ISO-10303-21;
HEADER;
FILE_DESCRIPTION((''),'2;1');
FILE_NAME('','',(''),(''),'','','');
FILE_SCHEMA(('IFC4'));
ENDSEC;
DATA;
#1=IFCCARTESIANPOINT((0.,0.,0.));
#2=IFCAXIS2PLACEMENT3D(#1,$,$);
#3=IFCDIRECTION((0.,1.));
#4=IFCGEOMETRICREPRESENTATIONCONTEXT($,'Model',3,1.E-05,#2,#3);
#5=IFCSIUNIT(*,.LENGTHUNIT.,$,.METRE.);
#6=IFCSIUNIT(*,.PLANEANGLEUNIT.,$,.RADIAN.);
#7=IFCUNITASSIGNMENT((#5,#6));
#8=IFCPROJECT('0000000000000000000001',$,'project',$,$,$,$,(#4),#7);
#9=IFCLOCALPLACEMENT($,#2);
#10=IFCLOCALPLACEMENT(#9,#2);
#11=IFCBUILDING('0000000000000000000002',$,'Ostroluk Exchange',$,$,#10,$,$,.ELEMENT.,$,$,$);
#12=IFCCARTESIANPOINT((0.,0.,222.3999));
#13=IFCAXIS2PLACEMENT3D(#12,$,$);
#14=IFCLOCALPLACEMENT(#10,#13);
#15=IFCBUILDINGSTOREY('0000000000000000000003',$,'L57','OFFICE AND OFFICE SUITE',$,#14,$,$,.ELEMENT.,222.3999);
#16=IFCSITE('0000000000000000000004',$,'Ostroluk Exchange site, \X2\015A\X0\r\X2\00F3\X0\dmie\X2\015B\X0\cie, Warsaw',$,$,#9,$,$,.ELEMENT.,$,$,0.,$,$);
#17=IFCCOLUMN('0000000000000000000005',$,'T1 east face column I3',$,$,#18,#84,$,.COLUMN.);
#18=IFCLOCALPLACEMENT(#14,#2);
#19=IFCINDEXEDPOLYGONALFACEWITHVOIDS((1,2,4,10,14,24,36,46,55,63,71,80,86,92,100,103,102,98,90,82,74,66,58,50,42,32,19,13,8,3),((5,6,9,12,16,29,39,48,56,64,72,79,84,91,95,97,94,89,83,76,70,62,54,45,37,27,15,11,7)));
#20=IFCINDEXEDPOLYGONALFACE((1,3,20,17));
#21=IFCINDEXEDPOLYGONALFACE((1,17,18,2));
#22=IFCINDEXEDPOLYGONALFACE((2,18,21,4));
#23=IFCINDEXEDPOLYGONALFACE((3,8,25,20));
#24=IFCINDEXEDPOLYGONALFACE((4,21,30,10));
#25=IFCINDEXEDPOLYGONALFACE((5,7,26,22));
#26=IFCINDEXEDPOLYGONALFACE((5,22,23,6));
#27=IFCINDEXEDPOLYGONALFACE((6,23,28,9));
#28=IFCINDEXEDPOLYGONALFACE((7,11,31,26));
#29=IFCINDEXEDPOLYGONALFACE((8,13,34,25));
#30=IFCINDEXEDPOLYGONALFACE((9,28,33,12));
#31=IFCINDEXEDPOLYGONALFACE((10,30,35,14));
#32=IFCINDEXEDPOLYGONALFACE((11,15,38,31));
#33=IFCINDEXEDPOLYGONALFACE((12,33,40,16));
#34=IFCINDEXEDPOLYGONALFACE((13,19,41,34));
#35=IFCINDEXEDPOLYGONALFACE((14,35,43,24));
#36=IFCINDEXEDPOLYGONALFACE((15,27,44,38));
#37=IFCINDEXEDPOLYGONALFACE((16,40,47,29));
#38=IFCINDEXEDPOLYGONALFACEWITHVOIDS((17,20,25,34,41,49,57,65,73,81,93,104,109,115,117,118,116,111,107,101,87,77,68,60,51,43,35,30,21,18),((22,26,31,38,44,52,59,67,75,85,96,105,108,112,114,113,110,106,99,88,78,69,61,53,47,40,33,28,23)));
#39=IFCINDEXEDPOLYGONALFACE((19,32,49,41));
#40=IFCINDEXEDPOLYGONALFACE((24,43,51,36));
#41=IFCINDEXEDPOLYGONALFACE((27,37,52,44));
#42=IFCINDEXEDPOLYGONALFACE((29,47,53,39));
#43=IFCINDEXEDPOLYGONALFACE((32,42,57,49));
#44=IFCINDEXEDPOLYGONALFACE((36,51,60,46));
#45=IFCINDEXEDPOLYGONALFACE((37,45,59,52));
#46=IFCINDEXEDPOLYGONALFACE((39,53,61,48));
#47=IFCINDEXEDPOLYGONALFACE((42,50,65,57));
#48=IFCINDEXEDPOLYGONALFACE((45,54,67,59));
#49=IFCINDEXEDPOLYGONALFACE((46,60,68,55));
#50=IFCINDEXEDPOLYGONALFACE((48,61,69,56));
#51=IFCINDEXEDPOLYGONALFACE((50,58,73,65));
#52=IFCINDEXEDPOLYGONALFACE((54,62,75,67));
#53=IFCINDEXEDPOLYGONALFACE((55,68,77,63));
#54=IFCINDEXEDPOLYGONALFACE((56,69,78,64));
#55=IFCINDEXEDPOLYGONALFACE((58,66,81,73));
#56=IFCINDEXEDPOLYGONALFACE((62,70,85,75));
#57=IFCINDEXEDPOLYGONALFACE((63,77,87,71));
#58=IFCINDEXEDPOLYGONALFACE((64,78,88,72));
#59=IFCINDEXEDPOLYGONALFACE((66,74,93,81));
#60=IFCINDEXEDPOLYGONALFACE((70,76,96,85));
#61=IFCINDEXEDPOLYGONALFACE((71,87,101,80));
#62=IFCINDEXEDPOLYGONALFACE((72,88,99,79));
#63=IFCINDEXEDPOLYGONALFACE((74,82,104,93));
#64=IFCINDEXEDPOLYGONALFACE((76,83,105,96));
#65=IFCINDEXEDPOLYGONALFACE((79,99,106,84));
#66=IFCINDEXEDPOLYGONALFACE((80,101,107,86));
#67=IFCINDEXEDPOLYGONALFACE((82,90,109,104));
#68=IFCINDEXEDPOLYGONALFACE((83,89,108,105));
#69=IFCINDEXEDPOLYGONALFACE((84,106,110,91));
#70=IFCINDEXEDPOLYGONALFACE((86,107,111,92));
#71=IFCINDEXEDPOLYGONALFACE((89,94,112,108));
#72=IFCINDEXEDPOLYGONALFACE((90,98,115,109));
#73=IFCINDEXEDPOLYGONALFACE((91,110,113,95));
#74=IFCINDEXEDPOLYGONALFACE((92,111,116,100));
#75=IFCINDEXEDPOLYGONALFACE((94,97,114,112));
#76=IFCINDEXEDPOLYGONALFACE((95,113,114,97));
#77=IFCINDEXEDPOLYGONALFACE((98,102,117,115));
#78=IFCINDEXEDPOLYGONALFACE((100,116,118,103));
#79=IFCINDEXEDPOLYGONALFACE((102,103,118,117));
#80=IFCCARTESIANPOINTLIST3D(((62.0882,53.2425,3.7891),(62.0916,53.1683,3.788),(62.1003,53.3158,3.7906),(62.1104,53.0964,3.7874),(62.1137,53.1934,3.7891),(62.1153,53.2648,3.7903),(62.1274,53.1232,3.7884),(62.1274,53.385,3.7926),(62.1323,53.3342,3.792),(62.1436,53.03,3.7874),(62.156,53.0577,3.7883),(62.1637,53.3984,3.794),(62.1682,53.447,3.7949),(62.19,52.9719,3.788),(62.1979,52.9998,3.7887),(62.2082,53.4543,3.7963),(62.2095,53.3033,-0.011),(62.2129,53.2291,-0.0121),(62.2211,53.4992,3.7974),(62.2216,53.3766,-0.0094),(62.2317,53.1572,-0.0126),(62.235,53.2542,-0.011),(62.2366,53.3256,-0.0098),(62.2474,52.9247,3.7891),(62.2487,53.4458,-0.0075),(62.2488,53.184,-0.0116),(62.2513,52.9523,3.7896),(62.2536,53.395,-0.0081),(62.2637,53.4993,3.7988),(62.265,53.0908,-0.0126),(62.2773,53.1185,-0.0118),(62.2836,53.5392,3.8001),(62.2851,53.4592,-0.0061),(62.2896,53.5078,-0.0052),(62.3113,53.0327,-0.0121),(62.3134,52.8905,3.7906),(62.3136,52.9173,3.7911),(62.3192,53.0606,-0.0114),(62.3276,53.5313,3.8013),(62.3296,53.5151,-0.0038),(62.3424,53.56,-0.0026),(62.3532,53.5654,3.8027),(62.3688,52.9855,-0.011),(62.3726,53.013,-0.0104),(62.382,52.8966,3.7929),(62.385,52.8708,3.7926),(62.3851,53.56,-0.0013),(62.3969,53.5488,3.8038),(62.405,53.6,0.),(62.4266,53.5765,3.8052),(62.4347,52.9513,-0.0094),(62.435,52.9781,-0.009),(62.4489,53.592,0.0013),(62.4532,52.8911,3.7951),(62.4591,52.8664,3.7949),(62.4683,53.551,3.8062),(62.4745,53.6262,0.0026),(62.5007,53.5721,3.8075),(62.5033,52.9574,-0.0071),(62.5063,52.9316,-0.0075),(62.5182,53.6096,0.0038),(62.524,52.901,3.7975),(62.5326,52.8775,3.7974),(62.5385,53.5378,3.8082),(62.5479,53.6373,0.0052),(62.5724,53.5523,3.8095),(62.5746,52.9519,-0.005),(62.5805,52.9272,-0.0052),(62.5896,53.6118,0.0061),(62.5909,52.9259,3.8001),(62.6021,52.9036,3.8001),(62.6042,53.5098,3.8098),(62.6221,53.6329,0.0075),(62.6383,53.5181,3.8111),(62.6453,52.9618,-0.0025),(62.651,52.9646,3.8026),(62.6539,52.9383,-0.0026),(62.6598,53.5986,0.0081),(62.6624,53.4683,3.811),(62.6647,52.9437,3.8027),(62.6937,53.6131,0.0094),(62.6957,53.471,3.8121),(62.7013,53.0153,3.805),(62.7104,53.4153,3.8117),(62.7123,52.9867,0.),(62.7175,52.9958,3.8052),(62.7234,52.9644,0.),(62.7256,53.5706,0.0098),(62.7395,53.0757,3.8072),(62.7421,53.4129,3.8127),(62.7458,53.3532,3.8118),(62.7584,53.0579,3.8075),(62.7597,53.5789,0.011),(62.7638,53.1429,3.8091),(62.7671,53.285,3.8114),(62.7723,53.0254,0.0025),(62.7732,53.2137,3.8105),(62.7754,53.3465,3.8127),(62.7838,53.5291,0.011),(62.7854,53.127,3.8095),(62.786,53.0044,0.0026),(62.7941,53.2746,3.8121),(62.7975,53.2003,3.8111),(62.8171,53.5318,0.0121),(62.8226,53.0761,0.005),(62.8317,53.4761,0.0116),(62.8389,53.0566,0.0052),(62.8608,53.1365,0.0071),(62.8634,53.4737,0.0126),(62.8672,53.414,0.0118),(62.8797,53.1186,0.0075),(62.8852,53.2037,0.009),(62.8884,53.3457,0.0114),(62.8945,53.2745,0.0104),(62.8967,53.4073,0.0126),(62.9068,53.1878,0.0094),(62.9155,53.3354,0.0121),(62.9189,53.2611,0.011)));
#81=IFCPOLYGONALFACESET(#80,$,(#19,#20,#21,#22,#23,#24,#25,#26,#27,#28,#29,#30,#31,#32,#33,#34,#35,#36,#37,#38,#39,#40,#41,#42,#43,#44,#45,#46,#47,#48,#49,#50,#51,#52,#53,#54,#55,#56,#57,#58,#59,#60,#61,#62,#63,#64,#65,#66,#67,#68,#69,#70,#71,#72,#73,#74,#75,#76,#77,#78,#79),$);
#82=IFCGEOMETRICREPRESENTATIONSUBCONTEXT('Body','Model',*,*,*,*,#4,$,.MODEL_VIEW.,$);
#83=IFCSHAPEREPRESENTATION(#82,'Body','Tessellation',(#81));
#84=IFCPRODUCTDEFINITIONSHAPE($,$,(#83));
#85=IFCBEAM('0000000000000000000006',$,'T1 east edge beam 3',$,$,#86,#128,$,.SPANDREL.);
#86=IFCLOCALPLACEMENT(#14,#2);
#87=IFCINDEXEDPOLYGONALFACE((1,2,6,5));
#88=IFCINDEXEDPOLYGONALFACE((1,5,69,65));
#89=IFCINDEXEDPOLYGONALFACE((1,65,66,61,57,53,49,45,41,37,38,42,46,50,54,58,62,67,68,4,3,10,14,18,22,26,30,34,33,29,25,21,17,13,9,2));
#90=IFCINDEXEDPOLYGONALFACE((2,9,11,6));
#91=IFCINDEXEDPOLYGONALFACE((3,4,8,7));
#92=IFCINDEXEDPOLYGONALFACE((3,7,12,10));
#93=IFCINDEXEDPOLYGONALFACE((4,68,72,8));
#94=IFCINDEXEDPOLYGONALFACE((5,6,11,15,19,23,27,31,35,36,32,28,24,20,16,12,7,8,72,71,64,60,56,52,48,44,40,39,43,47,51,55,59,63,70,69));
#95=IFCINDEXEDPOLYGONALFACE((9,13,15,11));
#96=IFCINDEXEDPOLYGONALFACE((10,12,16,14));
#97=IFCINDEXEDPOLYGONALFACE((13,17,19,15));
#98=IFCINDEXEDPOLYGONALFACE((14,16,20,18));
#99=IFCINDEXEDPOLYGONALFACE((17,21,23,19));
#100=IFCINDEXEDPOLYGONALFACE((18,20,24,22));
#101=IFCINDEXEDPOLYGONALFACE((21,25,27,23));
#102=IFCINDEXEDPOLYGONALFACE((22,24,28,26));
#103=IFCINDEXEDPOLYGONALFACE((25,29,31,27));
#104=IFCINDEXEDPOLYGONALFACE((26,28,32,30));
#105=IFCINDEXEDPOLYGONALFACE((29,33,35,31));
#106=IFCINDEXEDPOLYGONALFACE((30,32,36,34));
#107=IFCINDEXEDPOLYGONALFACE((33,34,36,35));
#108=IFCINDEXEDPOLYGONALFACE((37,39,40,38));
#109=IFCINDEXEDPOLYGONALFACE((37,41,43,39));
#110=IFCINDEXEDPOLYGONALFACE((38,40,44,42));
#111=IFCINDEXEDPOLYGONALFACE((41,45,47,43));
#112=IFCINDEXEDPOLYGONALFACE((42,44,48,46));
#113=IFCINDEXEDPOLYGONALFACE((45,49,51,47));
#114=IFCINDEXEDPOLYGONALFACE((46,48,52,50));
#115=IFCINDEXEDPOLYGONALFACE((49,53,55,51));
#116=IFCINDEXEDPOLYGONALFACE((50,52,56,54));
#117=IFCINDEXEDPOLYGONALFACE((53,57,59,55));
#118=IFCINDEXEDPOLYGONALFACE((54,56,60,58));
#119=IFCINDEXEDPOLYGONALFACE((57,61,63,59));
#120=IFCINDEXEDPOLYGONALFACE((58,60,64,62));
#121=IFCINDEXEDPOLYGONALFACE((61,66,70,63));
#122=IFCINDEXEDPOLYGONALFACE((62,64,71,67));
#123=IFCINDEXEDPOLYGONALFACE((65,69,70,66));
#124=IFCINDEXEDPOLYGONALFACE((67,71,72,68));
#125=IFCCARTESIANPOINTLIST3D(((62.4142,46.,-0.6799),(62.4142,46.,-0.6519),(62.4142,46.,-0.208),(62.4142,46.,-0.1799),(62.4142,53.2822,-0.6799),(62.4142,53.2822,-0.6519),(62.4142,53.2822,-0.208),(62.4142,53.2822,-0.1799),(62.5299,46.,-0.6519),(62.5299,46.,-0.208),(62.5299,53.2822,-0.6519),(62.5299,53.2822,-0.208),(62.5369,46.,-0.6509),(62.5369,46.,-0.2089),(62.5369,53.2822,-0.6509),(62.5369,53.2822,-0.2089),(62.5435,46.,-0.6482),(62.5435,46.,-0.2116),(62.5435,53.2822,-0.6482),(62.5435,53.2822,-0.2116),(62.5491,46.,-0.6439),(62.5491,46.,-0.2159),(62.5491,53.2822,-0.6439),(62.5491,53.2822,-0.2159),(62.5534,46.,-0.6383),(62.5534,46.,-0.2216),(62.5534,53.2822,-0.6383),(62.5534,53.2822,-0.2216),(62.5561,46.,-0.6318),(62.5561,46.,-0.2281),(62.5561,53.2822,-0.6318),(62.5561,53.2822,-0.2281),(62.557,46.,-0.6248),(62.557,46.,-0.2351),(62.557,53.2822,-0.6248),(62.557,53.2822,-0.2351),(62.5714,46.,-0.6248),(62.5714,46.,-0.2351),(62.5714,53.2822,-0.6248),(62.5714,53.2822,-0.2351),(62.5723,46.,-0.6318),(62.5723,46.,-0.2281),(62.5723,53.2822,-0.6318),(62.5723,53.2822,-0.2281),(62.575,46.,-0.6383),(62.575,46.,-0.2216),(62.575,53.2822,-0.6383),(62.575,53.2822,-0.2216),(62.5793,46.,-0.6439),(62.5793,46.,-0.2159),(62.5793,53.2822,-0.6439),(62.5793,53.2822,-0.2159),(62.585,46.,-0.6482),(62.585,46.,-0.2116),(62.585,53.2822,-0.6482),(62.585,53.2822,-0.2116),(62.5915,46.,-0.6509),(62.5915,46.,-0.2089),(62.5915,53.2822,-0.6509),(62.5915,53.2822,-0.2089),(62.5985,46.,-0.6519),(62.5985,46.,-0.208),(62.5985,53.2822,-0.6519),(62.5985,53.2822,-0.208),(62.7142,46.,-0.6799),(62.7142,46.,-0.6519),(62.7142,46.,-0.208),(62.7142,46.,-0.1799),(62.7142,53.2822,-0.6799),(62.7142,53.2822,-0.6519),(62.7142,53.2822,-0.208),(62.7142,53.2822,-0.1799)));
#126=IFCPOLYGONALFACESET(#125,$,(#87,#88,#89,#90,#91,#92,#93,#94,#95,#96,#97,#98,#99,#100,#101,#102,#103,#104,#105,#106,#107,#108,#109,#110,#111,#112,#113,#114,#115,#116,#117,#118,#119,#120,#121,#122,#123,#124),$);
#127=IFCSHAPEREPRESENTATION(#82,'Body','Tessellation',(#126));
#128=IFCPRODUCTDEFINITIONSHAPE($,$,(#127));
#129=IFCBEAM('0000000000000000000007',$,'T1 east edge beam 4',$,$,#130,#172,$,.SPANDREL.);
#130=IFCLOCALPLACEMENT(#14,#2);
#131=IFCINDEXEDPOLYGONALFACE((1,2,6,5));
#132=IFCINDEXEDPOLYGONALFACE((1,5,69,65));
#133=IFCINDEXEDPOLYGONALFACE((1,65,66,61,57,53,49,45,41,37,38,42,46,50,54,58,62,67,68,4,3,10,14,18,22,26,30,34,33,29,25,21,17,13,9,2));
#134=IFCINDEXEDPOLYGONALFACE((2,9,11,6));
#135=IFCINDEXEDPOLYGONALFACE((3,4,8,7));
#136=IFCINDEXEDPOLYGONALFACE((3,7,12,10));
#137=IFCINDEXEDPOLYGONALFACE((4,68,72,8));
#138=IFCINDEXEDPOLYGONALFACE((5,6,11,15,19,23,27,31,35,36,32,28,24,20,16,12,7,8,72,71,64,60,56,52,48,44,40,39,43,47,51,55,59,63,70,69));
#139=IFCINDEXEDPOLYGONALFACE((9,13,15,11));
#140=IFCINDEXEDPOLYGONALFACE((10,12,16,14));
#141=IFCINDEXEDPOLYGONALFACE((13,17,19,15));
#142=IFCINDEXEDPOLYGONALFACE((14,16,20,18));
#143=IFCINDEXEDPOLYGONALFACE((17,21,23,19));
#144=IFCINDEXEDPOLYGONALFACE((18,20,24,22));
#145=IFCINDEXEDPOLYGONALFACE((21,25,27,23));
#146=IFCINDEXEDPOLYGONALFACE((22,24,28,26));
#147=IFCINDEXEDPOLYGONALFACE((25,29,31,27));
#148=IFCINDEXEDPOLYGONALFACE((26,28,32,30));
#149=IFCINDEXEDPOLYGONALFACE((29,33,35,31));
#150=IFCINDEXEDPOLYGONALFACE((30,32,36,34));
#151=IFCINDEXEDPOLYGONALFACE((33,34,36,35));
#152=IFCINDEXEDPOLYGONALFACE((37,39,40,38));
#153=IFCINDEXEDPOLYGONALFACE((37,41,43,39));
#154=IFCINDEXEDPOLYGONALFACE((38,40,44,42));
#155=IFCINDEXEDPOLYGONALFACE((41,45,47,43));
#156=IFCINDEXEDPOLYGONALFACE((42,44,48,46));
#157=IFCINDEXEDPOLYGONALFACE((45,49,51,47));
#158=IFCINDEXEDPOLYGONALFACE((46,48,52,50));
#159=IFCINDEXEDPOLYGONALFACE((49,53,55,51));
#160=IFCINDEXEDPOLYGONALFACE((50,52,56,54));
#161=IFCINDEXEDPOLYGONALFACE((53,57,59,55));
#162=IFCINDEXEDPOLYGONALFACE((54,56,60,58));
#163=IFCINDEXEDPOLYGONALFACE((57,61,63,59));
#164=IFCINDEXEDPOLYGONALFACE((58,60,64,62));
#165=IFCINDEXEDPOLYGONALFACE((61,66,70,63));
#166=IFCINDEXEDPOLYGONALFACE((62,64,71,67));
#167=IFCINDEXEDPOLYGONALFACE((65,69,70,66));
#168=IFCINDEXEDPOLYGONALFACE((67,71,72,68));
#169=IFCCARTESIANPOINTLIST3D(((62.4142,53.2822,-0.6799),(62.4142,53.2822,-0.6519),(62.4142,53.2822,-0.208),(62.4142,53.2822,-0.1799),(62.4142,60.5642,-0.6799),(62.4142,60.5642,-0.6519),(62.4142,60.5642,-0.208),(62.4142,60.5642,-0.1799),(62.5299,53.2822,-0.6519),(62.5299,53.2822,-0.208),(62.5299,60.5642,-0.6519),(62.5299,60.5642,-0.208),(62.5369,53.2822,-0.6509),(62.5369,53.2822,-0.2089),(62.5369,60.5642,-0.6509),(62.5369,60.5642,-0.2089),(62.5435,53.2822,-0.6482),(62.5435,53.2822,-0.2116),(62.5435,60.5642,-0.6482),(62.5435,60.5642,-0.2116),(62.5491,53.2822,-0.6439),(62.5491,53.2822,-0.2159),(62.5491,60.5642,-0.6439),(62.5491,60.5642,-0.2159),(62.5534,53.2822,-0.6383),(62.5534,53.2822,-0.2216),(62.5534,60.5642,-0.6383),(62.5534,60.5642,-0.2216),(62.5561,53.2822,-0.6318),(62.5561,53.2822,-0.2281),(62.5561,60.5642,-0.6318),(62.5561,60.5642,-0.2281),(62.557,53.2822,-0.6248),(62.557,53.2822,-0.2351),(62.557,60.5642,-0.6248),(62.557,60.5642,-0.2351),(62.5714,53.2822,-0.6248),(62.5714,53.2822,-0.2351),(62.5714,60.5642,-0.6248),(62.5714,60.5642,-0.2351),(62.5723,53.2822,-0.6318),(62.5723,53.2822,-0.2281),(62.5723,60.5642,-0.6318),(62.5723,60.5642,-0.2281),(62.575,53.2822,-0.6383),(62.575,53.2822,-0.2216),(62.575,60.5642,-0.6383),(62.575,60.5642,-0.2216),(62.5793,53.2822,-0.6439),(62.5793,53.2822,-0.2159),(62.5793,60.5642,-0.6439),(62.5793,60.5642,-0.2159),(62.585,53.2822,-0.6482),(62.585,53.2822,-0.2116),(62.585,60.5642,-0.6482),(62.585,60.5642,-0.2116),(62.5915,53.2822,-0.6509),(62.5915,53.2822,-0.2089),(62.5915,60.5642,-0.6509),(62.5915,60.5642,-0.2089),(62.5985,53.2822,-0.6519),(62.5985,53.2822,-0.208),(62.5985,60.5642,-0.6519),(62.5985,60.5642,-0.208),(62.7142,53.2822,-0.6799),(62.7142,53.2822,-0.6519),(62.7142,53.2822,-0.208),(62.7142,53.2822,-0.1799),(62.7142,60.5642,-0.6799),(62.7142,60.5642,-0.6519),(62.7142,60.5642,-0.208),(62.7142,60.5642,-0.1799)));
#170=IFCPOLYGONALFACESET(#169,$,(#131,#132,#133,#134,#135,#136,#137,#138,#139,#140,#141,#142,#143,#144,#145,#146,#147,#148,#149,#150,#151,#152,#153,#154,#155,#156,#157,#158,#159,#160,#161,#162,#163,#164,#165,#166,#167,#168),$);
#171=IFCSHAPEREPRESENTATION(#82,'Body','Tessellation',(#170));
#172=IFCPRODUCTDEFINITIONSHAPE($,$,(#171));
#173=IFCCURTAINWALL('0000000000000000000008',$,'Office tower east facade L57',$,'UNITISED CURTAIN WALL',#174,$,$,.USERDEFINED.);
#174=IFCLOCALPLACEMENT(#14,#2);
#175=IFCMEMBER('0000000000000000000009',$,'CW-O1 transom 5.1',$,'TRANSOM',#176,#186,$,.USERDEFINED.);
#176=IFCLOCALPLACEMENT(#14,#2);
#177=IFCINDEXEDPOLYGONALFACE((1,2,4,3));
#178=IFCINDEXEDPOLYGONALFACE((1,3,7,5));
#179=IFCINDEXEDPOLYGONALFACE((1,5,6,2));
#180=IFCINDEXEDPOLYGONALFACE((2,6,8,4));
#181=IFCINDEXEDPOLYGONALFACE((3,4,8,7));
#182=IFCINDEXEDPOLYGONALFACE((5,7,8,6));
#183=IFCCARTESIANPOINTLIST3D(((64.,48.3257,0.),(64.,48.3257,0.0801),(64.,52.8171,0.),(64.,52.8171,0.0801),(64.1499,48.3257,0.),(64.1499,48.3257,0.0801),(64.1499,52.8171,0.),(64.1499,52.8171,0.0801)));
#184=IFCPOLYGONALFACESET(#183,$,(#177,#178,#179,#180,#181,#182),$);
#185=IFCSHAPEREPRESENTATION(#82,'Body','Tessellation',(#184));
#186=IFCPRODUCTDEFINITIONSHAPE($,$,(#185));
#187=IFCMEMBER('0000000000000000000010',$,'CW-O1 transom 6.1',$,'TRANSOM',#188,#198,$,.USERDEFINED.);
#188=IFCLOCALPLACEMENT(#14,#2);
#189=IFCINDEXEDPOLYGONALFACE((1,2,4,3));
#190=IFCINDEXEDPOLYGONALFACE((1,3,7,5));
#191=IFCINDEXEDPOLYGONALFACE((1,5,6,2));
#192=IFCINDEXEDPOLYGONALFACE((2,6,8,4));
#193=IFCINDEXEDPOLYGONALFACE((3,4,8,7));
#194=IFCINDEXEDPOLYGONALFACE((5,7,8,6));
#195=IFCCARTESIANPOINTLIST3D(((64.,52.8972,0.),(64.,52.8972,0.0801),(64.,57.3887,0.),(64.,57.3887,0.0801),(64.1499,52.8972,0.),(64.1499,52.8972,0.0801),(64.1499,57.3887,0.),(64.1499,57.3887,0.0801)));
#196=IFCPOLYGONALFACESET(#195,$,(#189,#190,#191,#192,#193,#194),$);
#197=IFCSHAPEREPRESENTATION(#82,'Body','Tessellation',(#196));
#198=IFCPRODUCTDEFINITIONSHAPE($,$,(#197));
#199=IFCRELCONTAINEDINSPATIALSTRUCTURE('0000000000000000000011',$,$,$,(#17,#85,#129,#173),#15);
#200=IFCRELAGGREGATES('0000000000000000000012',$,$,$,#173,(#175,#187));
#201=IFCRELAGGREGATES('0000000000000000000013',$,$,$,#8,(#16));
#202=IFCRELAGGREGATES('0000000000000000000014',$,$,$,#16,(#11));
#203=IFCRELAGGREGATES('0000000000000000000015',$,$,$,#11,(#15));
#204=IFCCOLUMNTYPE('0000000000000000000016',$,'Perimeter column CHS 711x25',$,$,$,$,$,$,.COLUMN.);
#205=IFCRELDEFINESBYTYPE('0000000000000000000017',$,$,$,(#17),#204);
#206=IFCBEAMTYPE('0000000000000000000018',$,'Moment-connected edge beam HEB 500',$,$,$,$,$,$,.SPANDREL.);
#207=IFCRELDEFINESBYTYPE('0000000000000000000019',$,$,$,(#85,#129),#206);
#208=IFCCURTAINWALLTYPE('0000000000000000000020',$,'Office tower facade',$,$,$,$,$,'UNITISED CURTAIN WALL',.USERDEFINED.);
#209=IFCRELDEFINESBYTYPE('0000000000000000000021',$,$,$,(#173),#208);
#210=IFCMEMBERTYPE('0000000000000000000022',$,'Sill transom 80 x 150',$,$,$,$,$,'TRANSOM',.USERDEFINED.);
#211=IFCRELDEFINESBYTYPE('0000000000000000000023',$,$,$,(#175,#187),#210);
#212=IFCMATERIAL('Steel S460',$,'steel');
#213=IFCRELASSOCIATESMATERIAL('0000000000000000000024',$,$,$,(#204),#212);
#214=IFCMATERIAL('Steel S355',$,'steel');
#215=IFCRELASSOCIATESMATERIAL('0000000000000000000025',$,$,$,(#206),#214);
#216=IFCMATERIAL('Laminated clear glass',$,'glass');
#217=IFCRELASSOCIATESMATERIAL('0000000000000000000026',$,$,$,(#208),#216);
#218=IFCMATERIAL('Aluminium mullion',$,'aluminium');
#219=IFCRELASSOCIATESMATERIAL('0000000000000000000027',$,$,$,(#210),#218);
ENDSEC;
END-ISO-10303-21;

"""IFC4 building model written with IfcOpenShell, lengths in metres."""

from ifc_helpers import new_model, si_unit, direction, frame, origin, origin_2d, place, context, subcontext, project, spatial, rectangle, hollow_circle, i_section, extrude, material, material_profile, profile_set, type_object, element, aggregate, save


model = new_model("IFC4")

# Units and contexts
model_context = context("Model", 3, precision=1e-05, world=origin(), true_north=direction((0.0, 1.0)))
body_context = subcontext(model_context, "Body", "Model", "MODEL_VIEW")
ifc_project = project(units=[si_unit("LENGTHUNIT", "METRE"), si_unit("PLANEANGLEUNIT", "RADIAN")], contexts=[model_context])

# Site, building, storey
site_placement = place(None, origin())
site = spatial("IfcSite", under=ifc_project, at=site_placement, Name="Ostroluk Exchange site, Śródmieście, Warsaw", CompositionType="ELEMENT", RefElevation=0.0)
building_placement = place(site_placement, origin())
building = spatial("IfcBuilding", under=site, at=building_placement, Name="Ostroluk Exchange", CompositionType="ELEMENT")
storey_placement = place(building_placement, frame((0.0, 0.0, 222.3999)))
storey = spatial("IfcBuildingStorey", under=building, at=storey_placement, Name="L57", Description="OFFICE AND OFFICE SUITE", CompositionType="ELEMENT", Elevation=222.3999)

# Column
ifc_material_1 = material(Name="Steel S460", Category="steel")
ifc_material_profile_1 = material_profile(ifc_material_1, hollow_circle(Radius=0.3555, WallThickness=0.0249, at=origin_2d()), Name="CHS 711x25")
ifc_profile_set_1 = profile_set([ifc_material_profile_1], Name="Steel S460")
column_type = type_object("IfcColumnType", Name="Perimeter column CHS 711x25", PredefinedType="COLUMN", material=ifc_profile_set_1)
column_placement = place(storey_placement, frame((62.5642, 53.2822, 0.0), z_axis=(-0.03191, -0.015987, 0.999363), x_axis=(0.447933, -0.894067, 0.0)))
element("IfcColumn", 1, at=column_placement, inside=storey, type_object=column_type, Name="T1 east face column I3", PredefinedType="COLUMN", context=body_context, shape_type="SweptSolid", body=[
    extrude(hollow_circle(Radius=0.3555, WallThickness=0.0249, at=origin_2d()), origin(), (0.0, 0.0, 1.0), 3.8025),
])

# Beams
ifc_material_2 = material(Name="Steel S355", Category="steel")
ifc_material_profile_2 = material_profile(ifc_material_2, i_section(OverallWidth=0.3, OverallDepth=0.5, WebThickness=0.0144, FlangeThickness=0.0281, FilletRadius=0.0271, at=origin_2d()), Name="HEB 500")
ifc_profile_set_2 = profile_set([ifc_material_profile_2], Name="Steel S355")
beam_type = type_object("IfcBeamType", Name="Moment-connected edge beam HEB 500", PredefinedType="SPANDREL", material=ifc_profile_set_2)
beam_1_placement = place(storey_placement, frame((62.5642, 46.0, -0.4299), z_axis=(0.0, 1.0, 0.0), x_axis=(-1.0, 0.0, 0.0)))
element("IfcBeam", 2, at=beam_1_placement, inside=storey, type_object=beam_type, Name="T1 east edge beam 3", PredefinedType="SPANDREL", context=body_context, shape_type="SweptSolid", body=[
    extrude(i_section(OverallWidth=0.3, OverallDepth=0.5, WebThickness=0.0144, FlangeThickness=0.0281, FilletRadius=0.0271, at=origin_2d()), origin(), (0.0, 0.0, 1.0), 7.2822),
])
beam_2_placement = place(storey_placement, frame((62.5642, 53.2822, -0.4299), z_axis=(0.0, 1.0, 0.0), x_axis=(-1.0, 0.0, 0.0)))
element("IfcBeam", 3, at=beam_2_placement, inside=storey, type_object=beam_type, Name="T1 east edge beam 4", PredefinedType="SPANDREL", context=body_context, shape_type="SweptSolid", body=[
    extrude(i_section(OverallWidth=0.3, OverallDepth=0.5, WebThickness=0.0144, FlangeThickness=0.0281, FilletRadius=0.0271, at=origin_2d()), origin(), (0.0, 0.0, 1.0), 7.282),
])

# Curtain wall, members
ifc_material_3 = material(Name="Laminated clear glass", Category="glass")
curtain_wall_type = type_object("IfcCurtainWallType", Name="Office tower facade", ElementType="UNITISED CURTAIN WALL", PredefinedType="USERDEFINED", material=ifc_material_3)
curtain_wall_1_placement = place(storey_placement, origin())
curtain_wall_1 = element("IfcCurtainWall", 4, at=curtain_wall_1_placement, inside=storey, type_object=curtain_wall_type, Name="Office tower east facade L57", ObjectType="UNITISED CURTAIN WALL", PredefinedType="USERDEFINED")
ifc_material_4 = material(Name="Aluminium mullion", Category="aluminium")
ifc_material_profile_3 = material_profile(ifc_material_4, rectangle(XDim=0.1499, YDim=0.0801, at=origin_2d()), Name="Sill transom 80 x 150")
ifc_profile_set_3 = profile_set([ifc_material_profile_3], Name="Aluminium mullion")
member_type_1 = type_object("IfcMemberType", Name="Sill transom 80 x 150", ElementType="TRANSOM", PredefinedType="USERDEFINED", material=ifc_profile_set_3)
member_1_placement = place(storey_placement, frame((64.075, 48.3257, 0.04), z_axis=(0.0, 1.0, 0.0), x_axis=(-1.0, 0.0, 0.0)))
member_1 = element("IfcMember", 5, at=member_1_placement, type_object=member_type_1, Name="CW-O1 transom 5.1", ObjectType="TRANSOM", PredefinedType="USERDEFINED", context=body_context, shape_type="SweptSolid", body=[
    extrude(rectangle(XDim=0.1499, YDim=0.0801, at=origin_2d()), origin(), (0.0, 0.0, 1.0), 4.4915),
])
member_2_placement = place(storey_placement, frame((64.075, 52.8972, 0.04), z_axis=(0.0, 1.0, 0.0), x_axis=(-1.0, 0.0, 0.0)))
member_2 = element("IfcMember", 6, at=member_2_placement, type_object=member_type_1, Name="CW-O1 transom 6.1", ObjectType="TRANSOM", PredefinedType="USERDEFINED", context=body_context, shape_type="SweptSolid", body=[
    extrude(rectangle(XDim=0.1499, YDim=0.0801, at=origin_2d()), origin(), (0.0, 0.0, 1.0), 4.4915),
])

aggregate(curtain_wall_1, [member_1, member_2])

save(model, "model.ifc")
